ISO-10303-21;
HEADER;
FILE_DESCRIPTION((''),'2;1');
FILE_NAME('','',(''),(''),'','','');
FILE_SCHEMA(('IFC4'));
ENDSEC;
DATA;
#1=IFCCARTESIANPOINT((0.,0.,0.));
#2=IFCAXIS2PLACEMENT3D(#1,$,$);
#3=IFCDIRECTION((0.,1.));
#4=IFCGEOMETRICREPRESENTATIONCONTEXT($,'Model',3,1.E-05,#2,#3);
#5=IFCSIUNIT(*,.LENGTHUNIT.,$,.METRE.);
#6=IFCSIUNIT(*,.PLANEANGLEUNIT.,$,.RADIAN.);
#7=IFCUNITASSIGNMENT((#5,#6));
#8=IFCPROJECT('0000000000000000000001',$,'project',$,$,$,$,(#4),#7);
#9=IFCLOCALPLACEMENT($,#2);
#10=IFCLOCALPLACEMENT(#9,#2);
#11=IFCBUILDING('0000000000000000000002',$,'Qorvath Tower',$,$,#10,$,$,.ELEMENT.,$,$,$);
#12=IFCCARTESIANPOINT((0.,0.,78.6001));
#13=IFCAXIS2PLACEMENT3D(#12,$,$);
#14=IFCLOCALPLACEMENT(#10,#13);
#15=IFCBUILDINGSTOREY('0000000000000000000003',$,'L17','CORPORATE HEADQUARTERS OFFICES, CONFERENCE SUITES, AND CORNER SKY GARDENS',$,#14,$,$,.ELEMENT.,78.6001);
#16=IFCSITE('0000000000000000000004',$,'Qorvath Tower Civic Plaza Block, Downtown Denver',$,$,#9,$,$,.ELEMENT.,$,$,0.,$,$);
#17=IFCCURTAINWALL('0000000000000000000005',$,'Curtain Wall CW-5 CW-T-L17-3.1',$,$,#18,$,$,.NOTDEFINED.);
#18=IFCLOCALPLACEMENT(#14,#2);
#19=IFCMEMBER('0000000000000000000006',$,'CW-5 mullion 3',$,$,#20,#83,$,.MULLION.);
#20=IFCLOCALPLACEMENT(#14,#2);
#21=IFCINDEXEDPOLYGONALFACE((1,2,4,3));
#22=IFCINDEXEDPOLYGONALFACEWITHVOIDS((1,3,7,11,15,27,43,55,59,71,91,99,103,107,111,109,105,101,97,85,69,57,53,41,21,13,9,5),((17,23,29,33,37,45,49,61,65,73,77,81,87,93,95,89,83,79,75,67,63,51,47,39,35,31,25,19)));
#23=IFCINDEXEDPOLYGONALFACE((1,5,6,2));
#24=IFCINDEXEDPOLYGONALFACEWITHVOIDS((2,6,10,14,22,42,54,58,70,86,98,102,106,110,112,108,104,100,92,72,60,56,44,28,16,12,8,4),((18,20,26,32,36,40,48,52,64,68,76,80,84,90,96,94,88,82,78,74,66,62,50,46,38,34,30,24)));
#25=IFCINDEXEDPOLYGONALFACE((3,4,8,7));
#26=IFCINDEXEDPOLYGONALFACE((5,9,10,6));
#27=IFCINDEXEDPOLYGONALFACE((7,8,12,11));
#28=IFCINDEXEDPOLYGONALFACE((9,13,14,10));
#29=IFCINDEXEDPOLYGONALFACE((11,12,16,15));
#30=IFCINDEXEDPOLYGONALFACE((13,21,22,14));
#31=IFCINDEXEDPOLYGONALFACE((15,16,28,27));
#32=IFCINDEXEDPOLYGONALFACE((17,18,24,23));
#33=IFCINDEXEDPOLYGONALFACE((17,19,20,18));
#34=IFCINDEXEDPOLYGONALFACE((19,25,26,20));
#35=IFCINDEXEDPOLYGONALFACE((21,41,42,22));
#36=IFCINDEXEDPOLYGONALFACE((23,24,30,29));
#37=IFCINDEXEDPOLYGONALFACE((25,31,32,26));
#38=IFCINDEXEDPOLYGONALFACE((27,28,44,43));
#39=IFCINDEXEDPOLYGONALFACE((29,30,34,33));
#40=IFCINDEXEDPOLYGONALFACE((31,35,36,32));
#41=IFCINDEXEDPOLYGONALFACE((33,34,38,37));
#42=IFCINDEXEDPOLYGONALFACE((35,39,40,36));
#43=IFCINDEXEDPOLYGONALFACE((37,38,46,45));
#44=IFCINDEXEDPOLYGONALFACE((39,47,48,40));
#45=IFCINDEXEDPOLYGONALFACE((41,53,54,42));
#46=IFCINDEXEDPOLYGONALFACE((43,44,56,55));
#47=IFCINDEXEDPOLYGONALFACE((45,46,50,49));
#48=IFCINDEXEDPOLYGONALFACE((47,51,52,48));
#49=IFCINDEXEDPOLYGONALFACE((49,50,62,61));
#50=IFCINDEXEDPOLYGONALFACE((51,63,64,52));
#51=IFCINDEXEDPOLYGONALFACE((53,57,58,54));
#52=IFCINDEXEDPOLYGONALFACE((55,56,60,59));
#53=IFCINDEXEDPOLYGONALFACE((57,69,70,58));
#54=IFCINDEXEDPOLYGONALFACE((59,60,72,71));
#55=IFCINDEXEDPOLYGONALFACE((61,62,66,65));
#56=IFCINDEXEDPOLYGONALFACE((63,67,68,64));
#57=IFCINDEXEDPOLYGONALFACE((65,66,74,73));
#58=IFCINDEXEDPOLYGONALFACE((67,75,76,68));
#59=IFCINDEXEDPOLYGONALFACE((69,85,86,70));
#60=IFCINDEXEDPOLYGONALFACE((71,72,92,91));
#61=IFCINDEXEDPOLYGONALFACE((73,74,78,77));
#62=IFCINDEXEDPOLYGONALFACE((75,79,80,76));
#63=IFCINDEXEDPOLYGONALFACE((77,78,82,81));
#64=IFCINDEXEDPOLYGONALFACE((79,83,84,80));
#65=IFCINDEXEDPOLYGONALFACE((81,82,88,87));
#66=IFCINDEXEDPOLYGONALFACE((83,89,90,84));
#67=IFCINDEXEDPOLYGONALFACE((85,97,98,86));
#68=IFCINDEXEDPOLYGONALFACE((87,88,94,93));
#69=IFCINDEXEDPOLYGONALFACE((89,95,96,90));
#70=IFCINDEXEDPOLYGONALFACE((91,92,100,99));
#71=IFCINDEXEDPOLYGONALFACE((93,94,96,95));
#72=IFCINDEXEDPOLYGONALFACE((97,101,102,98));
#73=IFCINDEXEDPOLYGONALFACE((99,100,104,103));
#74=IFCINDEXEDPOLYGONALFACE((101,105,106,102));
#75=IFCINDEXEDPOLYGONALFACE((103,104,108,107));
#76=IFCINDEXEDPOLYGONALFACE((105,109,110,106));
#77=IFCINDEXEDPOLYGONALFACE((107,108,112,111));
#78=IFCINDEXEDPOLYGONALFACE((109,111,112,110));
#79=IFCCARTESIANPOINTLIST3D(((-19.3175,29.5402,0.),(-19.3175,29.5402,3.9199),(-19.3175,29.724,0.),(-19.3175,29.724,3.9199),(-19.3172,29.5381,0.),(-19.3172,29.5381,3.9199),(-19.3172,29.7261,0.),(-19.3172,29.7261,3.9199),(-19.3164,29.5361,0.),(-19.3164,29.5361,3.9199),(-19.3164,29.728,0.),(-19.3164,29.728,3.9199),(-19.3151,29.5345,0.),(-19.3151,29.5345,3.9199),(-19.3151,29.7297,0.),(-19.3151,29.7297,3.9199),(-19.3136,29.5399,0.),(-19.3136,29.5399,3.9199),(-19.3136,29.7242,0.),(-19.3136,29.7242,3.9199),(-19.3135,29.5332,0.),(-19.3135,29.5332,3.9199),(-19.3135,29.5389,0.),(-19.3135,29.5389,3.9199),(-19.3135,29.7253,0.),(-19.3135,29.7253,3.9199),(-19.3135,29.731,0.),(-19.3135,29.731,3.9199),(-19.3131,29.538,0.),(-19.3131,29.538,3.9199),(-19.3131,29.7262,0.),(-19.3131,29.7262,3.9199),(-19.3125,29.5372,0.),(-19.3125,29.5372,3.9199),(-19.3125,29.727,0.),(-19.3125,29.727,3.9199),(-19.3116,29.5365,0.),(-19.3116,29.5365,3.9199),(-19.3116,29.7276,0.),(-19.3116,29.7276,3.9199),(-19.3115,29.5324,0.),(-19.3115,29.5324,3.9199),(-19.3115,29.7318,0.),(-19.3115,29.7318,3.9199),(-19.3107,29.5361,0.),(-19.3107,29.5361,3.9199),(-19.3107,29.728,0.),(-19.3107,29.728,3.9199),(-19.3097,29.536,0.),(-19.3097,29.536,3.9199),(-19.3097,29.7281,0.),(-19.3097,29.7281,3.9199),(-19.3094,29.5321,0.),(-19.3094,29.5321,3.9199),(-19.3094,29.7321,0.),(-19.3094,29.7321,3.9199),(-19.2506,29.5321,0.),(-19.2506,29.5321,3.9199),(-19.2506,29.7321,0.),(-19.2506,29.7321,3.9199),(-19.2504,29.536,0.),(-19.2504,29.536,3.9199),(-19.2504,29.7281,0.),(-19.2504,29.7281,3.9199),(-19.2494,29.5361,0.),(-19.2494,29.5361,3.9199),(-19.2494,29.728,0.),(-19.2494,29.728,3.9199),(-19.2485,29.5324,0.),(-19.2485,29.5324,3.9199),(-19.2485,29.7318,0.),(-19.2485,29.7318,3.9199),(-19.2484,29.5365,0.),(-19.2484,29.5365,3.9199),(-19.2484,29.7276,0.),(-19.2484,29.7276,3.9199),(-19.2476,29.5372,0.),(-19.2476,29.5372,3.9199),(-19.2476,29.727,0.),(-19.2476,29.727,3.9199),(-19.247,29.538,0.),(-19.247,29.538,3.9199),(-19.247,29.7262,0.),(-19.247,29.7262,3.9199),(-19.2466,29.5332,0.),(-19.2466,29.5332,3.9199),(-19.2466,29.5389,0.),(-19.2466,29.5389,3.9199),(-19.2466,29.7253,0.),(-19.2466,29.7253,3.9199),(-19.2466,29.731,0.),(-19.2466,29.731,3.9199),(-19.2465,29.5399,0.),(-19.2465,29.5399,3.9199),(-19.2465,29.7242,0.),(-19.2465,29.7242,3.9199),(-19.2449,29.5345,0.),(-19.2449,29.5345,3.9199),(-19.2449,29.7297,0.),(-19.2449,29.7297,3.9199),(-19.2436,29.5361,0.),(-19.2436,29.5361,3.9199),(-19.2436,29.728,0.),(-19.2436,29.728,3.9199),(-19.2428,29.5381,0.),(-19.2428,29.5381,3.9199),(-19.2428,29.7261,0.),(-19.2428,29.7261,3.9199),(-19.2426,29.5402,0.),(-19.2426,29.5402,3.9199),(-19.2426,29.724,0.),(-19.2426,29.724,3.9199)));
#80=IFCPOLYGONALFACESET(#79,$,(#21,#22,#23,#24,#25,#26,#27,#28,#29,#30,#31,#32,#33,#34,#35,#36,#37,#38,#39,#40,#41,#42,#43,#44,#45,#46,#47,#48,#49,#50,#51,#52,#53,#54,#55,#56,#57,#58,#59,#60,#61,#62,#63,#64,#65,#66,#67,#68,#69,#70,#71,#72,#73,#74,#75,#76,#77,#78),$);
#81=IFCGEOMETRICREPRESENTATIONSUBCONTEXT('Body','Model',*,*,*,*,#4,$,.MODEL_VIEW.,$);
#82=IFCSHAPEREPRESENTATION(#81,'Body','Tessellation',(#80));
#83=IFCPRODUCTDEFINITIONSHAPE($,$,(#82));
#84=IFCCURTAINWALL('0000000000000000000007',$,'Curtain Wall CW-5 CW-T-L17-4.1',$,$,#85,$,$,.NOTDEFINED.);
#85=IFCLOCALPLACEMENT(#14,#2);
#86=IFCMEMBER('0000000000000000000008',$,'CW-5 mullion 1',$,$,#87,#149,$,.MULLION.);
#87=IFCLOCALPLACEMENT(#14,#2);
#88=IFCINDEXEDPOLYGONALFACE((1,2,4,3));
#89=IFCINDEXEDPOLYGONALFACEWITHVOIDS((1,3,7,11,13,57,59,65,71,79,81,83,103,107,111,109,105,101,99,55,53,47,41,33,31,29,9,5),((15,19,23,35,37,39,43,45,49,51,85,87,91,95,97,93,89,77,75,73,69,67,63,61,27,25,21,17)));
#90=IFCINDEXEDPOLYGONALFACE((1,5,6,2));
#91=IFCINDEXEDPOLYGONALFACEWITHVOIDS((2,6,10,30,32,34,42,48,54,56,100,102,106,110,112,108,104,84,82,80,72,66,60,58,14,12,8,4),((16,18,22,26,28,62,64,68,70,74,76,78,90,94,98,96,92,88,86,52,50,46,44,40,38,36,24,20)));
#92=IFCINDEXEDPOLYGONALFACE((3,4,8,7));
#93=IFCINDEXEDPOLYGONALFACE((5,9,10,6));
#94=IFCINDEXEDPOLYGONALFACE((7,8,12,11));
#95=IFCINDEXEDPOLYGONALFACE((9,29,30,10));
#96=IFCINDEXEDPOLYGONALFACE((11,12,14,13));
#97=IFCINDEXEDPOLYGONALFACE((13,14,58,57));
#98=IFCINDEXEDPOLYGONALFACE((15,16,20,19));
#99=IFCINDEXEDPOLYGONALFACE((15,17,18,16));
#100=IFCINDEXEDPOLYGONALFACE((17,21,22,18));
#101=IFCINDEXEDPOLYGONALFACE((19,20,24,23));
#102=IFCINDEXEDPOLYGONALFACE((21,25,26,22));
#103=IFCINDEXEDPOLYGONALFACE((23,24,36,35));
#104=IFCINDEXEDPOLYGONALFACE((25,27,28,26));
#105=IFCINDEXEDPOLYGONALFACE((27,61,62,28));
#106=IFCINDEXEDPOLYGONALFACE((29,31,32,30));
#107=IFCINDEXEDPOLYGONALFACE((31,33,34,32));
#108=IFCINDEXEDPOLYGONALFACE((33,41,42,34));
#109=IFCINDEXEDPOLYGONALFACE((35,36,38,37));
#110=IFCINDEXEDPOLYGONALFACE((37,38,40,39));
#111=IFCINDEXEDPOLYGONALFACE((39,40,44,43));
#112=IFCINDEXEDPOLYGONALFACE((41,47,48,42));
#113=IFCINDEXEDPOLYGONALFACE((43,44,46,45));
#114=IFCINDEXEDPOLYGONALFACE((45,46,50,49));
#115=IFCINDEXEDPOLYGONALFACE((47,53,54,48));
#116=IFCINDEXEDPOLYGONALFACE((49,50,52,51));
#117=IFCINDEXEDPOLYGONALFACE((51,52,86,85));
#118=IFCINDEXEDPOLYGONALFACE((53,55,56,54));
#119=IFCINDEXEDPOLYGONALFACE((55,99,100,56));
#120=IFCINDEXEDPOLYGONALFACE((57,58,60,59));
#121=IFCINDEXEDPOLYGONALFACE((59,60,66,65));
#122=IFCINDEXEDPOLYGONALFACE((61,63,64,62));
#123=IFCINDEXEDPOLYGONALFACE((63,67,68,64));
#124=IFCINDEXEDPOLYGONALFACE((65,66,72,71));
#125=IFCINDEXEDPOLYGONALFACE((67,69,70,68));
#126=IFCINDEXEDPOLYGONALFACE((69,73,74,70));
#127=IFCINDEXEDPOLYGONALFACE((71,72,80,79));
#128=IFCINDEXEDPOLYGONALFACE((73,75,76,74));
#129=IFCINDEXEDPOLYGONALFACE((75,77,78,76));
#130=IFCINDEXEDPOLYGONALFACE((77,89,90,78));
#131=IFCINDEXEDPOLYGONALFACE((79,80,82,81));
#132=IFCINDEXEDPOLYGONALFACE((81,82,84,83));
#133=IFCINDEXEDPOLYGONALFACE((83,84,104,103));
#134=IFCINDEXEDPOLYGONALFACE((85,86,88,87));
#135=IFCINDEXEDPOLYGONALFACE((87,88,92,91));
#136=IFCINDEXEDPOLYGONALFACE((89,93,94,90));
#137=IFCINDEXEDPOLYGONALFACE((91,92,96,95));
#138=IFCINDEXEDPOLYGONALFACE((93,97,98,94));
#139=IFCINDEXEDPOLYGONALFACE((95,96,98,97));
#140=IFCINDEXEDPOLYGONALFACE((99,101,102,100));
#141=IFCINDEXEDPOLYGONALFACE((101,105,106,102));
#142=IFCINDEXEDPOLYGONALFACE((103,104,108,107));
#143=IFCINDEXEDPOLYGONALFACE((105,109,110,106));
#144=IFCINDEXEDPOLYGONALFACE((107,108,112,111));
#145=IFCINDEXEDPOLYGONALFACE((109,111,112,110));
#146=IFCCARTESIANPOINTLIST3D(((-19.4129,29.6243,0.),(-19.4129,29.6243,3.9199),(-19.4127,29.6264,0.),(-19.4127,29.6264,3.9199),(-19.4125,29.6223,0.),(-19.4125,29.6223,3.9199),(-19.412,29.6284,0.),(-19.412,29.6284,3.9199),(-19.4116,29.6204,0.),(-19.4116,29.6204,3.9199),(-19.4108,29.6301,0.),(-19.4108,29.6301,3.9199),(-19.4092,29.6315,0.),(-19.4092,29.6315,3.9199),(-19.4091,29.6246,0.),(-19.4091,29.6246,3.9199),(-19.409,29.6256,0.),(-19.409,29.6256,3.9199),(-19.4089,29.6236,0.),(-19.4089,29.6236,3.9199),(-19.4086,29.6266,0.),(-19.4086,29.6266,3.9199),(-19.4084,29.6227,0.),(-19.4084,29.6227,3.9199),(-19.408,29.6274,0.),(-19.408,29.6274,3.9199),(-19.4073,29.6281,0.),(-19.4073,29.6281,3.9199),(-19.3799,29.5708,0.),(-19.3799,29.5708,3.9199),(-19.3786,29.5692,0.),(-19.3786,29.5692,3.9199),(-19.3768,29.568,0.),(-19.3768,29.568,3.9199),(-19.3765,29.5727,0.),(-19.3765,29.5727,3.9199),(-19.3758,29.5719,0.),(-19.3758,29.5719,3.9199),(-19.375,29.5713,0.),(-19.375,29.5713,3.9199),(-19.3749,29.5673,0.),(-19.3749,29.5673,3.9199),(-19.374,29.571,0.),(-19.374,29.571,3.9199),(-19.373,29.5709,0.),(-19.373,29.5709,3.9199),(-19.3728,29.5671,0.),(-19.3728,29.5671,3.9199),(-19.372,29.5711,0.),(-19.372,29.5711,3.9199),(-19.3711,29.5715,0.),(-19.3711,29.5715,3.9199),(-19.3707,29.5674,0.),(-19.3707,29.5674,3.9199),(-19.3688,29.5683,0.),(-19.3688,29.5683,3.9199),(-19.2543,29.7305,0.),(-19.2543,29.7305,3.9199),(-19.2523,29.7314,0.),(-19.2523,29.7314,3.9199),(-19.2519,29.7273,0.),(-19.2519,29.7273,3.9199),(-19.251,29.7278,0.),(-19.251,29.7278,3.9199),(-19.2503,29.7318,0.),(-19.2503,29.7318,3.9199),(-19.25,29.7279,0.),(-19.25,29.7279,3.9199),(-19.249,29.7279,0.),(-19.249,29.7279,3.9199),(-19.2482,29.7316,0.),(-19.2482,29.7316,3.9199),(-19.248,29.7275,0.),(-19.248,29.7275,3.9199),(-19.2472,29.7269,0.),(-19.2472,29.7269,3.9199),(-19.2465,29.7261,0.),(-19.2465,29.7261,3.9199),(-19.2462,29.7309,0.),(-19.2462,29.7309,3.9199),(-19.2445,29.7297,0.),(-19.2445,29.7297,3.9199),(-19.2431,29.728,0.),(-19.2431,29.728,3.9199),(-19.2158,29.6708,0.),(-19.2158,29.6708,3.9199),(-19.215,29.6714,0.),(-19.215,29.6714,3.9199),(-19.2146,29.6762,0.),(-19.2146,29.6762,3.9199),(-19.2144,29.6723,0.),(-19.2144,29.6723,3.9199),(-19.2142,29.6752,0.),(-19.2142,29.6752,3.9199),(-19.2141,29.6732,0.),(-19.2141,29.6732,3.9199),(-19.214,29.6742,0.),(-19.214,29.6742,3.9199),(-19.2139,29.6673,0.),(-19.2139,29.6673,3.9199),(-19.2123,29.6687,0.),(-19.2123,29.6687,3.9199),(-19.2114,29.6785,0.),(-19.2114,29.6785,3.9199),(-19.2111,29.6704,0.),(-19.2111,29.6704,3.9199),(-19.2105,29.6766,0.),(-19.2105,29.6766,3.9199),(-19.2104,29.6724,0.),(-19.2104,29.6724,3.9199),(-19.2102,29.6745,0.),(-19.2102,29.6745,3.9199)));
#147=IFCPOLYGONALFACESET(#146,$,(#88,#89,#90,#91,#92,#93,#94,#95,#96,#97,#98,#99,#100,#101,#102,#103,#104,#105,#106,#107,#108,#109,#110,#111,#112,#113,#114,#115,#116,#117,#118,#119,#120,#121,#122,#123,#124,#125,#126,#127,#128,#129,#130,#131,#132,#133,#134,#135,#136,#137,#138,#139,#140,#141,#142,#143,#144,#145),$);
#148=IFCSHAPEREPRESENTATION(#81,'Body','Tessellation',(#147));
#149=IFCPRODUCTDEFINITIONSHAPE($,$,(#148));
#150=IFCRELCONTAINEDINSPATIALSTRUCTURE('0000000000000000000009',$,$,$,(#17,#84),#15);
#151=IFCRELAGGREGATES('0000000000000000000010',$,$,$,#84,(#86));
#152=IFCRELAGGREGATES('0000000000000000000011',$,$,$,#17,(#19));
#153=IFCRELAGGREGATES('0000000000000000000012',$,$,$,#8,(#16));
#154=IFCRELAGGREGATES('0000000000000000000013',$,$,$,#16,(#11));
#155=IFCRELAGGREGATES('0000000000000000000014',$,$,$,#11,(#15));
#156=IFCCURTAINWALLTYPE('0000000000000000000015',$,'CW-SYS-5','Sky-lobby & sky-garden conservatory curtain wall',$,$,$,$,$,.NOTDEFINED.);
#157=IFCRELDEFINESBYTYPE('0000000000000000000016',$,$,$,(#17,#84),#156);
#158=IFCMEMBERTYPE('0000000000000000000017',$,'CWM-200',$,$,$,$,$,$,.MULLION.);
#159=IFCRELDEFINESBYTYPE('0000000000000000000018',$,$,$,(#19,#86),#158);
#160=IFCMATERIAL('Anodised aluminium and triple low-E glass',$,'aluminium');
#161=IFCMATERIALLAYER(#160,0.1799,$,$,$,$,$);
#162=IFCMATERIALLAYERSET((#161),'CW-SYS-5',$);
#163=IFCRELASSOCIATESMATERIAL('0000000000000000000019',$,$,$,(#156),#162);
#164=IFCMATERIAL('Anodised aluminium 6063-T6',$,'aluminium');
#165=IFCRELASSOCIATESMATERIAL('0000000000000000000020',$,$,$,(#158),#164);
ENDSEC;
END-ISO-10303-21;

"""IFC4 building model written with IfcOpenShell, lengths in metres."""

from ifc_helpers import new_model, si_unit, direction, frame, origin, origin_2d, place, context, subcontext, project, spatial, hollow_rectangle, extrude, material, layer, layer_set, material_profile, profile_set, type_object, element, aggregate, save


model = new_model("IFC4")

# Units and contexts
model_context = context("Model", 3, precision=1e-05, world=origin(), true_north=direction((0.0, 1.0)))
body_context = subcontext(model_context, "Body", "Model", "MODEL_VIEW")
ifc_project = project(units=[si_unit("LENGTHUNIT", "METRE"), si_unit("PLANEANGLEUNIT", "RADIAN")], contexts=[model_context])

# Site, building, storey
site_placement = place(None, origin())
site = spatial("IfcSite", under=ifc_project, at=site_placement, Name="Qorvath Tower Civic Plaza Block, Downtown Denver", CompositionType="ELEMENT", RefElevation=0.0)
building_placement = place(site_placement, origin())
building = spatial("IfcBuilding", under=site, at=building_placement, Name="Qorvath Tower", CompositionType="ELEMENT")
storey_placement = place(building_placement, frame((0.0, 0.0, 78.6001)))
storey = spatial("IfcBuildingStorey", under=building, at=storey_placement, Name="L17", Description="CORPORATE HEADQUARTERS OFFICES, CONFERENCE SUITES, AND CORNER SKY GARDENS", CompositionType="ELEMENT", Elevation=78.6001)

# Curtain wall, member
ifc_material_1 = material(Name="Anodised aluminium and triple low-E glass", Category="aluminium")
ifc_layer_1 = layer(ifc_material_1, 0.1799)
ifc_layer_set_1 = layer_set([ifc_layer_1], Name="CW-SYS-5")
curtain_wall_type = type_object("IfcCurtainWallType", Name="CW-SYS-5", Description="Sky-lobby & sky-garden conservatory curtain wall", PredefinedType="NOTDEFINED", material=ifc_layer_set_1)
ifc_material_2 = material(Name="Anodised aluminium 6063-T6", Category="aluminium")
ifc_material_profile_1 = material_profile(ifc_material_2, hollow_rectangle(XDim=0.075, YDim=0.2, WallThickness=0.0039, InnerFilletRadius=0.0039, OuterFilletRadius=0.0081, at=origin_2d()), Name="CWM 200x75")
ifc_profile_set_1 = profile_set([ifc_material_profile_1], Name="Anodised aluminium 6063-T6")
member_type_1 = type_object("IfcMemberType", Name="CWM-200", PredefinedType="MULLION", material=ifc_profile_set_1)
curtain_wall_1_placement = place(storey_placement, origin())
curtain_wall_1 = element("IfcCurtainWall", 1, at=curtain_wall_1_placement, inside=storey, type_object=curtain_wall_type, Name="Curtain Wall CW-5 CW-T-L17-3.1", PredefinedType="NOTDEFINED")
member_1_placement = place(storey_placement, frame((-19.28, 29.6321, 0.0), z_axis=(0.0, 0.0, 1.0), x_axis=(-1.0, 0.0, 0.0)))
member_1 = element("IfcMember", 2, at=member_1_placement, type_object=member_type_1, Name="CW-5 mullion 3", PredefinedType="MULLION", context=body_context, shape_type="SweptSolid", body=[
    extrude(hollow_rectangle(XDim=0.075, YDim=0.2, WallThickness=0.0039, InnerFilletRadius=0.0039, OuterFilletRadius=0.0081, at=origin_2d()), origin(), (0.0, 0.0, 1.0), 3.9199),
])

# Curtain wall, member
curtain_wall_2_placement = place(storey_placement, origin())
curtain_wall_2 = element("IfcCurtainWall", 3, at=curtain_wall_2_placement, inside=storey, type_object=curtain_wall_type, Name="Curtain Wall CW-5 CW-T-L17-4.1", PredefinedType="NOTDEFINED")
member_2_placement = place(storey_placement, frame((-19.3115, 29.6494, 0.0), z_axis=(0.0, 0.0, 1.0), x_axis=(0.538533, -0.842604, 0.0)))
member_2 = element("IfcMember", 4, at=member_2_placement, type_object=member_type_1, Name="CW-5 mullion 1", PredefinedType="MULLION", context=body_context, shape_type="SweptSolid", body=[
    extrude(hollow_rectangle(XDim=0.075, YDim=0.2, WallThickness=0.0039, InnerFilletRadius=0.0039, OuterFilletRadius=0.0081, at=origin_2d()), origin(), (0.0, 0.0, 1.0), 3.9199),
])
aggregate(curtain_wall_2, [member_2])

aggregate(curtain_wall_1, [member_1])

save(model, "model.ifc")
